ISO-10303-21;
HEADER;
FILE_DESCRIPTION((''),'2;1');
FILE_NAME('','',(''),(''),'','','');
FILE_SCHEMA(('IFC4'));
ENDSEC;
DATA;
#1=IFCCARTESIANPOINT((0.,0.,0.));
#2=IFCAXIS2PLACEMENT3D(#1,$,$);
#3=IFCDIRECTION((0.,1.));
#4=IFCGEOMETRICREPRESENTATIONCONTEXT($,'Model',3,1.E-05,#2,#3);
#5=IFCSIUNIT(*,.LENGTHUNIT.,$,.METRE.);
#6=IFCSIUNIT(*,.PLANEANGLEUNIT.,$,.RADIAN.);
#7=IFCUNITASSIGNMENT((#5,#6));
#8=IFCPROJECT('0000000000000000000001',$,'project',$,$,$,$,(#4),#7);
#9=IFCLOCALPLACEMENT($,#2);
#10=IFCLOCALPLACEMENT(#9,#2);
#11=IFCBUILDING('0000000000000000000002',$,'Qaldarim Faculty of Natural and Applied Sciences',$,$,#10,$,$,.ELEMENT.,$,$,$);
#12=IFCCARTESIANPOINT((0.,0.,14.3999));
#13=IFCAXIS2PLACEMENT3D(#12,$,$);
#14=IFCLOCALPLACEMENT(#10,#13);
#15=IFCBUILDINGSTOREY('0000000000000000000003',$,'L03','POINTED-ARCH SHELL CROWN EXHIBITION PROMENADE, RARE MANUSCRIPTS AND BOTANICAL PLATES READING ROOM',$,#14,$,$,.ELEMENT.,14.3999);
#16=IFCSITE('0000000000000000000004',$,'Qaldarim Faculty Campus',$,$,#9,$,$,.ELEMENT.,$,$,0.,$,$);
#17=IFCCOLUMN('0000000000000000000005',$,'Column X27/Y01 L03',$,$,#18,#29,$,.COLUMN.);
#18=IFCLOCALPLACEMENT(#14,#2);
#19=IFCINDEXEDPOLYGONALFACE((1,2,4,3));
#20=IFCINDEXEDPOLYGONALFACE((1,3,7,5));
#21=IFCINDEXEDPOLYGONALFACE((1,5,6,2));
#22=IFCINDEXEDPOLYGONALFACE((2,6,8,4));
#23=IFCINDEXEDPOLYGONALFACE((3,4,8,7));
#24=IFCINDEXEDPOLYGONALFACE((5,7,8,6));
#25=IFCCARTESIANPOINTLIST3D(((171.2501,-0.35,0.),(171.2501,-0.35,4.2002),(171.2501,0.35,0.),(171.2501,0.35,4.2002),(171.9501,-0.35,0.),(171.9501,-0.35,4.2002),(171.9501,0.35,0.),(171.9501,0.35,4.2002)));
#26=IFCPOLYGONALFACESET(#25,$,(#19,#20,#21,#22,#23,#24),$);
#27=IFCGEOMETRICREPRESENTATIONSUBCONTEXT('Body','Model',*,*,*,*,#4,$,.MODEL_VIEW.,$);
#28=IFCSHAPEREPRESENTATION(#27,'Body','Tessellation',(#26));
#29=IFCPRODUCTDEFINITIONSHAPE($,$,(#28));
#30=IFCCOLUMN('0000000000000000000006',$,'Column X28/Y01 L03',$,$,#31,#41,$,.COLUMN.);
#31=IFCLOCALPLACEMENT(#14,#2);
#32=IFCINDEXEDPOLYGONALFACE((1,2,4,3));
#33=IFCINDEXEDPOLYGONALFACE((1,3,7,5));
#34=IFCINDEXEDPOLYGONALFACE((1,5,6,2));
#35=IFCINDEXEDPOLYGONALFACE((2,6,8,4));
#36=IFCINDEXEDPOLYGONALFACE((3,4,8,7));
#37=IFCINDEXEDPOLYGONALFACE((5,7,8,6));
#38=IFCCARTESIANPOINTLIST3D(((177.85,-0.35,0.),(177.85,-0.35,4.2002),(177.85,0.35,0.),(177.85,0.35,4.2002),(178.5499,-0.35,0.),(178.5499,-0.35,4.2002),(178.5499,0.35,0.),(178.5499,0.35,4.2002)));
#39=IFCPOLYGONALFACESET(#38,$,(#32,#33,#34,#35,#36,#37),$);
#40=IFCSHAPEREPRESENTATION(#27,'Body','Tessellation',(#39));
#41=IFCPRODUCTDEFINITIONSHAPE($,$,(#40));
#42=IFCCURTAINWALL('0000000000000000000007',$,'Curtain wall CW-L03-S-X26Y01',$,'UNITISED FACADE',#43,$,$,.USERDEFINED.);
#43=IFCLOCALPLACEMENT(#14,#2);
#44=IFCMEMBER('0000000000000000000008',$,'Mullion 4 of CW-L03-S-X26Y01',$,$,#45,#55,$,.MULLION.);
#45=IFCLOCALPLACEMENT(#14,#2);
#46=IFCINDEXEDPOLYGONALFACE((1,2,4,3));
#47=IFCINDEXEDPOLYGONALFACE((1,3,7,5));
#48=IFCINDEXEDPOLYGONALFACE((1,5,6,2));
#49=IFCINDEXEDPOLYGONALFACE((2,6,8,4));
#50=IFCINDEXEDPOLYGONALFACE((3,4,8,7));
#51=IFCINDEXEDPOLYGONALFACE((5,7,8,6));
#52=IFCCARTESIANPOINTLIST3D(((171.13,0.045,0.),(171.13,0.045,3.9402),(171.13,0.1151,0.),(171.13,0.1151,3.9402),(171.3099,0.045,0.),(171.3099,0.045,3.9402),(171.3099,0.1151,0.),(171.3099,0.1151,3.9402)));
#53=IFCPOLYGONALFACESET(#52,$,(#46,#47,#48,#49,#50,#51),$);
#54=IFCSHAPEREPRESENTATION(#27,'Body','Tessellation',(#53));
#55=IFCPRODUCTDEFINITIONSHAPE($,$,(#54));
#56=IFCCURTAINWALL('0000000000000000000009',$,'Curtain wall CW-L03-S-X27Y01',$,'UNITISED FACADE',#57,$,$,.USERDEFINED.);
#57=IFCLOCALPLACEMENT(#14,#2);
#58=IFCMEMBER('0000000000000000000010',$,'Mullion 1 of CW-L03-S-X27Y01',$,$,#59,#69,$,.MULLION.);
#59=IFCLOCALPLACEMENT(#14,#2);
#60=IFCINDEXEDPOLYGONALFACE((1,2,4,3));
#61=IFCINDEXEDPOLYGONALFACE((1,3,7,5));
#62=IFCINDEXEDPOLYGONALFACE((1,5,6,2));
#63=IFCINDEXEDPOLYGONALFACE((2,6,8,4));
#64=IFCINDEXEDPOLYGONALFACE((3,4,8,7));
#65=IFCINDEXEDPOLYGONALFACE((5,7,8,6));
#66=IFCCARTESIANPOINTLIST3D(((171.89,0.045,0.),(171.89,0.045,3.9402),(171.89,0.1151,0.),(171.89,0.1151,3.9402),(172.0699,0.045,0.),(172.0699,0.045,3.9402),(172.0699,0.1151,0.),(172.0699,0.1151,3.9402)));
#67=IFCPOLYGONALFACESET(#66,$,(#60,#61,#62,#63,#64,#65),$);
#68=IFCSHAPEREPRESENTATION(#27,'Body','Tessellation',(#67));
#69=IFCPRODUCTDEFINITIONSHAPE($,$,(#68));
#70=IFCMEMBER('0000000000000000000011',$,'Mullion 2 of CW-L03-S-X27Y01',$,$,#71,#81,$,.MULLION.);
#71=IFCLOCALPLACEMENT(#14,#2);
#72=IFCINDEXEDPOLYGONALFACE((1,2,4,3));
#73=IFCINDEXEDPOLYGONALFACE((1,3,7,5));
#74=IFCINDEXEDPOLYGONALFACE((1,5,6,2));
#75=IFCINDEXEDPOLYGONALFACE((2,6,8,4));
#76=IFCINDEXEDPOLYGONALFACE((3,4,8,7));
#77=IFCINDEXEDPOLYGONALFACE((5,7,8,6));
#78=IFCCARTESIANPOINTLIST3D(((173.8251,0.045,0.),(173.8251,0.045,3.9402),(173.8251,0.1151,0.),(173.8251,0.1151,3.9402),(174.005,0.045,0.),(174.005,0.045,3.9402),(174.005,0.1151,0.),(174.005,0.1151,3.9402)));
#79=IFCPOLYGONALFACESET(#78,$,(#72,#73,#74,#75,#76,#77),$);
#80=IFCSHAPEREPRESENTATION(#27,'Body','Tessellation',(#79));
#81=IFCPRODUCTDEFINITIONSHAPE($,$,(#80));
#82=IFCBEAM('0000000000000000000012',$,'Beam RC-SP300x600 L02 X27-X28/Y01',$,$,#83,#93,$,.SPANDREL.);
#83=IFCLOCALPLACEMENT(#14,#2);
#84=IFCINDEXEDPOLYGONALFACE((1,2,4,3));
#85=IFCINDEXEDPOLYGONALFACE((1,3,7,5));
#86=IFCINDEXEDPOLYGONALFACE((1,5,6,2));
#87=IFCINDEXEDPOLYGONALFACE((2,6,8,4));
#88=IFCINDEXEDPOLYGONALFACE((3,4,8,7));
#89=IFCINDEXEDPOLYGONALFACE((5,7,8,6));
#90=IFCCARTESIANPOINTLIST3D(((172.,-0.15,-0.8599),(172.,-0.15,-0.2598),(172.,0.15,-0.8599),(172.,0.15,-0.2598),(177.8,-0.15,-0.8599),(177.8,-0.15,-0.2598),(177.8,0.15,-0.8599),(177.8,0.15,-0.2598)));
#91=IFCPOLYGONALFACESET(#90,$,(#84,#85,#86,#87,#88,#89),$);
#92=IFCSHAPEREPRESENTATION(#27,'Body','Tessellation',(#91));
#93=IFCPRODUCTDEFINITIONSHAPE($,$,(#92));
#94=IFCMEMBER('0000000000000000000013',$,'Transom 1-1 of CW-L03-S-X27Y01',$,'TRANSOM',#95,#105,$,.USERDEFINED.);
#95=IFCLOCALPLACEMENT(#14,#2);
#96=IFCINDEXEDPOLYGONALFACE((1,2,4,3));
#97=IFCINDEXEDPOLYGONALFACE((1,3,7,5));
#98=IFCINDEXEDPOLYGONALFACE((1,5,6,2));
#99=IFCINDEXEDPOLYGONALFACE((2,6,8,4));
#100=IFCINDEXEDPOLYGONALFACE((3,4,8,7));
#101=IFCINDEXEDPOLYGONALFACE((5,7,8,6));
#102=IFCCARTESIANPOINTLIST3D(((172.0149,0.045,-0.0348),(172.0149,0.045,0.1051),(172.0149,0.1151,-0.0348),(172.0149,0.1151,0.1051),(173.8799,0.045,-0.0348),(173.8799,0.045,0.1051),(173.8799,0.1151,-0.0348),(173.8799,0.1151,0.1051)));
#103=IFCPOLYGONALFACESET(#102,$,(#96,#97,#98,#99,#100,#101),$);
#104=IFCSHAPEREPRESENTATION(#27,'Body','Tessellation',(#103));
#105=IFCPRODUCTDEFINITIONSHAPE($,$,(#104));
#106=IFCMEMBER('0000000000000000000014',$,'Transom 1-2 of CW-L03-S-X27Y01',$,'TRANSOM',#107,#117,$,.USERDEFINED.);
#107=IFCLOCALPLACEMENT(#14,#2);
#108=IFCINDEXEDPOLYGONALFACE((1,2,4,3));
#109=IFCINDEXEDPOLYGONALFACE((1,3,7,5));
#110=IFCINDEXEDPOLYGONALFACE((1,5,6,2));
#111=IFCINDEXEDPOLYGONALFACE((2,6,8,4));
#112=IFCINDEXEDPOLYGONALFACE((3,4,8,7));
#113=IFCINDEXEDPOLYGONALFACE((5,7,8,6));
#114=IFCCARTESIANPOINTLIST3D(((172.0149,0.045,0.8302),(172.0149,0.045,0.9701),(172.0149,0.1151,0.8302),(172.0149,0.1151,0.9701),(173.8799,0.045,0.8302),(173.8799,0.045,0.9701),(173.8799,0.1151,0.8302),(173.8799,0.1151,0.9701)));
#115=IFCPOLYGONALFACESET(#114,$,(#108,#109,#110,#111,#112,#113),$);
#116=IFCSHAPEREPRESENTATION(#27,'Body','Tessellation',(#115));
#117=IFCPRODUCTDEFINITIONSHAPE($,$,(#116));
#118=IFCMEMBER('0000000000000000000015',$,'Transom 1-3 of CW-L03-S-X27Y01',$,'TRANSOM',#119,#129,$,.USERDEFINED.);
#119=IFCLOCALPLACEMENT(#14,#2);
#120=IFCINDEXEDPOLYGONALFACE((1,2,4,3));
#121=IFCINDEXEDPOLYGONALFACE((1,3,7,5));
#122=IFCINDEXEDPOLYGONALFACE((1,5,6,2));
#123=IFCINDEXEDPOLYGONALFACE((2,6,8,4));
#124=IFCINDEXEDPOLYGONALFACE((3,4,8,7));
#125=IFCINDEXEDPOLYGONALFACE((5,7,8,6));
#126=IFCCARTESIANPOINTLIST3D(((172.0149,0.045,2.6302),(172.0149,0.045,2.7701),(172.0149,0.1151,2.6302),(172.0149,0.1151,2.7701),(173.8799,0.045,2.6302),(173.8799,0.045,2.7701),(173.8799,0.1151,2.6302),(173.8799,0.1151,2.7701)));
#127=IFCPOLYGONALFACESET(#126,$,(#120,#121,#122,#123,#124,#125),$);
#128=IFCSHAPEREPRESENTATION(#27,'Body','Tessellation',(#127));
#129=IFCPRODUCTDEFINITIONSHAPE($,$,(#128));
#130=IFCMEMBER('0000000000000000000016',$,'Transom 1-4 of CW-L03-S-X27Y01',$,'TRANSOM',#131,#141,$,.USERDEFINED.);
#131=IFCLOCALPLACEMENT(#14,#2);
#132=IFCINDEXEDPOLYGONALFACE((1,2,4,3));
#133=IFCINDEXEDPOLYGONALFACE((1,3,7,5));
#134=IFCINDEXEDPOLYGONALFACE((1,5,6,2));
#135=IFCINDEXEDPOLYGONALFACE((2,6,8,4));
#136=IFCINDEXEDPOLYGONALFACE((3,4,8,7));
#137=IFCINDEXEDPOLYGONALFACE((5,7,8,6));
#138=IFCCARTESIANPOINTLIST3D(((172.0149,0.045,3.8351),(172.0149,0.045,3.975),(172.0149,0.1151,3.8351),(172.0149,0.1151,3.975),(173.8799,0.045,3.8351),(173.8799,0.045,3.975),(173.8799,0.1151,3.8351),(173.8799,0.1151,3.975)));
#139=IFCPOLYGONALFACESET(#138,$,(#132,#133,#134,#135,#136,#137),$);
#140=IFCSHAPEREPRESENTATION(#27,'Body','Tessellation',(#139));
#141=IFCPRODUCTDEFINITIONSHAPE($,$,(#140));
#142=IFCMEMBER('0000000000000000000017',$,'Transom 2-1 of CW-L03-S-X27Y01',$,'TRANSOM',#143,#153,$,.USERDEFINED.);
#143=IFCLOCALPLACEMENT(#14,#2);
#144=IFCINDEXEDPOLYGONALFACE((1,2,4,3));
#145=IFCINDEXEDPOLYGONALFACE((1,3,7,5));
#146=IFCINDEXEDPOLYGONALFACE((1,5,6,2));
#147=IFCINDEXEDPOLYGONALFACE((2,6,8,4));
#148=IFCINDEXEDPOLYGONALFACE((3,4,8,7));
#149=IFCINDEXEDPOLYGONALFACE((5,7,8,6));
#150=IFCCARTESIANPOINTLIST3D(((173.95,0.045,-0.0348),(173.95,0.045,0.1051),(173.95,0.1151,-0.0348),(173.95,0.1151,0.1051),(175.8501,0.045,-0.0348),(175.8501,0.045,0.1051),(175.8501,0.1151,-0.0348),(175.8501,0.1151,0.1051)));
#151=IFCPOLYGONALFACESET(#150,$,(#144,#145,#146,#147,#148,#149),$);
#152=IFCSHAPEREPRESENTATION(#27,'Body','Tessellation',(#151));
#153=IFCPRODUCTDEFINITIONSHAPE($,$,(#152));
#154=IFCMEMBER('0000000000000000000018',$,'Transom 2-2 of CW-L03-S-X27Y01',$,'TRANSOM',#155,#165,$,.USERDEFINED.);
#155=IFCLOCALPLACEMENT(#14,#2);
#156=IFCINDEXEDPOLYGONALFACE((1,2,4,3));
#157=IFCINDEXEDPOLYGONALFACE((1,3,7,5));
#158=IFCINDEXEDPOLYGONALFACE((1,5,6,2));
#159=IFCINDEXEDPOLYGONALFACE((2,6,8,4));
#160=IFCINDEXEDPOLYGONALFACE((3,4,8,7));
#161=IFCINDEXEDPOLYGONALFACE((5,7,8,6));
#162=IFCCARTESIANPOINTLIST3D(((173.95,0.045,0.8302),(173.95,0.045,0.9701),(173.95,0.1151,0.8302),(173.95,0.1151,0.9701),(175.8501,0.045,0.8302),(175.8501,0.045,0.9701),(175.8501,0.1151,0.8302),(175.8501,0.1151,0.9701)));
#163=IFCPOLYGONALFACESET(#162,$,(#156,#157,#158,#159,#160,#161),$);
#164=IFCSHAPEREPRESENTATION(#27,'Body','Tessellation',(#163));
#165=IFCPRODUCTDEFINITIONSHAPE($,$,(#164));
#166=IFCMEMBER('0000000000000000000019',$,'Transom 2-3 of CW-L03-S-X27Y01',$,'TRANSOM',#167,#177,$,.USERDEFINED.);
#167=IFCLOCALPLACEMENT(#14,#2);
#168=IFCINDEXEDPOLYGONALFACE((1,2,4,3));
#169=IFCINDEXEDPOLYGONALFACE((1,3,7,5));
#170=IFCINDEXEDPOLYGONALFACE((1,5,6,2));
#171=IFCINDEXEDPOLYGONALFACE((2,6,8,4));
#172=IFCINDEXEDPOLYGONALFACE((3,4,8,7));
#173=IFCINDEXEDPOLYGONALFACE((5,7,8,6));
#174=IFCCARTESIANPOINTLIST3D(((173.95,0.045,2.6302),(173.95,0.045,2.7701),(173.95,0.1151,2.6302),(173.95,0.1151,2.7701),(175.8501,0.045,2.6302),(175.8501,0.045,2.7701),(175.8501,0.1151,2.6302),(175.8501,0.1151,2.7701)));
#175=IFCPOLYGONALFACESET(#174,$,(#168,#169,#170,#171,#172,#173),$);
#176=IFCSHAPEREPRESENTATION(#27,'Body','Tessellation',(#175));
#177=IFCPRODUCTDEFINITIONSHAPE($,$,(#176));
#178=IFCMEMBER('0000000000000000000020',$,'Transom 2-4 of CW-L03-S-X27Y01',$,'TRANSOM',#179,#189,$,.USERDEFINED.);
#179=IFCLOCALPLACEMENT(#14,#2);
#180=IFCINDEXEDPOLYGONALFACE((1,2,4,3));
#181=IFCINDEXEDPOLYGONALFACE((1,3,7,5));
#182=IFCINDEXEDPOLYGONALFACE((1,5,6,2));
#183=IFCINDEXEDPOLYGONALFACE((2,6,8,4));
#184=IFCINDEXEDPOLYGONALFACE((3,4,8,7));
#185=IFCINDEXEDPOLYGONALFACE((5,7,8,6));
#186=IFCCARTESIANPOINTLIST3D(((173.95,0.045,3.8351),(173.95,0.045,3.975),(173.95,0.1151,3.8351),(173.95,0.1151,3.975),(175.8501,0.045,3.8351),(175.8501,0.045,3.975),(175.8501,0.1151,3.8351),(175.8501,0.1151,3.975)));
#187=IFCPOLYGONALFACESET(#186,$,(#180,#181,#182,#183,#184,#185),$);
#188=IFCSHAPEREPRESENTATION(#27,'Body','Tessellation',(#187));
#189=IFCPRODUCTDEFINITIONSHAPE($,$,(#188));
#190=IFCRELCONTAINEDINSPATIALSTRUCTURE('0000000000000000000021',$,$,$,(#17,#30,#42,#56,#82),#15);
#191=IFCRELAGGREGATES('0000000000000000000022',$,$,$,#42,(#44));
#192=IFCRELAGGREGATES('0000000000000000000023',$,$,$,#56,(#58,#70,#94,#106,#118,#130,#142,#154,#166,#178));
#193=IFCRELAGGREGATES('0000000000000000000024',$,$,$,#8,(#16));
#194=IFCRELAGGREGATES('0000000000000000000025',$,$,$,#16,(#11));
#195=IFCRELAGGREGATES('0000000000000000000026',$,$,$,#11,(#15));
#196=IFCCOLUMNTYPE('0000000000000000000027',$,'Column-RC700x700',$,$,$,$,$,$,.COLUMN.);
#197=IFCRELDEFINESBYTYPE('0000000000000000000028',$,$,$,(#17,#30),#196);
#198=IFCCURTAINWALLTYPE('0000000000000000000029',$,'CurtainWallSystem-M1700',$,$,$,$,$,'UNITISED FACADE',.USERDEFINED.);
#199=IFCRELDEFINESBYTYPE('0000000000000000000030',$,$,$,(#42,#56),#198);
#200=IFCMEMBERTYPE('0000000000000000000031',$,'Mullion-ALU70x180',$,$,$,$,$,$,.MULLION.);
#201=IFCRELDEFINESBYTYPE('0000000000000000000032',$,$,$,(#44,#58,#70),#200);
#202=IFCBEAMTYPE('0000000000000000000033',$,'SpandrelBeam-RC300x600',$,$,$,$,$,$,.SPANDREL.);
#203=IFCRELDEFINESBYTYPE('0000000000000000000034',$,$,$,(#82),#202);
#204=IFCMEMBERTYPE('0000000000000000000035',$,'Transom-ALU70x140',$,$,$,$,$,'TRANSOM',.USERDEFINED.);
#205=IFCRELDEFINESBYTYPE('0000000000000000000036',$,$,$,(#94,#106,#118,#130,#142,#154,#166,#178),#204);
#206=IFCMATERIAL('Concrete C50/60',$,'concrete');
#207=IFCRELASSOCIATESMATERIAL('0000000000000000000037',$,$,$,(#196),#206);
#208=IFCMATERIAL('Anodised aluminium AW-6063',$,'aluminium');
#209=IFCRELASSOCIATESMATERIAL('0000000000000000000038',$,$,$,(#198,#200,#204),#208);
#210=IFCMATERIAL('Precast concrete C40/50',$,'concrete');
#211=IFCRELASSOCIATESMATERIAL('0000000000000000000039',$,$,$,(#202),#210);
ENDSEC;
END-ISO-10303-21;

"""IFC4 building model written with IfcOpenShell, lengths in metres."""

from ifc_helpers import new_model, si_unit, direction, frame, origin, origin_2d, place, context, subcontext, project, spatial, rectangle, extrude, material, material_profile, profile_set, type_object, element, aggregate, save


model = new_model("IFC4")

# Units and contexts
model_context = context("Model", 3, precision=1e-05, world=origin(), true_north=direction((0.0, 1.0)))
body_context = subcontext(model_context, "Body", "Model", "MODEL_VIEW")
ifc_project = project(units=[si_unit("LENGTHUNIT", "METRE"), si_unit("PLANEANGLEUNIT", "RADIAN")], contexts=[model_context])

# Site, building, storey
site_placement = place(None, origin())
site = spatial("IfcSite", under=ifc_project, at=site_placement, Name="Qaldarim Faculty Campus", CompositionType="ELEMENT", RefElevation=0.0)
building_placement = place(site_placement, origin())
building = spatial("IfcBuilding", under=site, at=building_placement, Name="Qaldarim Faculty of Natural and Applied Sciences", CompositionType="ELEMENT")
storey_placement = place(building_placement, frame((0.0, 0.0, 14.3999)))
storey = spatial("IfcBuildingStorey", under=building, at=storey_placement, Name="L03", Description="POINTED-ARCH SHELL CROWN EXHIBITION PROMENADE, RARE MANUSCRIPTS AND BOTANICAL PLATES READING ROOM", CompositionType="ELEMENT", Elevation=14.3999)

# Columns
ifc_material_1 = material(Name="Concrete C50/60", Category="concrete")
ifc_material_profile_1 = material_profile(ifc_material_1, rectangle(XDim=0.7, YDim=0.7, at=origin_2d()), Name="RC-C700x700")
ifc_profile_set_1 = profile_set([ifc_material_profile_1], Name="Concrete C50/60")
column_type = type_object("IfcColumnType", Name="Column-RC700x700", PredefinedType="COLUMN", material=ifc_profile_set_1)
for number, where, z_axis, x_axis, name in (
    (1, (171.6001, 0.0, 0.0), (0.0, 0.0, 1.0), (1.0, 0.0, 0.0), "Column X27/Y01 L03"),
    (2, (178.2, 0.0, 0.0), (0.0, 0.0, 1.0), (1.0, 0.0, 0.0), "Column X28/Y01 L03"),
):
    element("IfcColumn", number, at=place(storey_placement, frame(where, z_axis=z_axis, x_axis=x_axis)), inside=storey, type_object=column_type, Name=name, PredefinedType="COLUMN", context=body_context, shape_type="SweptSolid", body=[
        extrude(rectangle(XDim=0.7, YDim=0.7, at=origin_2d()), origin(), (0.0, 0.0, 1.0), 4.2002),
    ])

# Curtain wall, member
ifc_material_2 = material(Name="Anodised aluminium AW-6063", Category="aluminium")
curtain_wall_type = type_object("IfcCurtainWallType", Name="CurtainWallSystem-M1700", ElementType="UNITISED FACADE", PredefinedType="USERDEFINED", material=ifc_material_2)
curtain_wall_1_placement = place(storey_placement, origin())
curtain_wall_1 = element("IfcCurtainWall", 3, at=curtain_wall_1_placement, inside=storey, type_object=curtain_wall_type, Name="Curtain wall CW-L03-S-X26Y01", ObjectType="UNITISED FACADE", PredefinedType="USERDEFINED")
ifc_material_profile_2 = material_profile(ifc_material_2, rectangle(XDim=0.0701, YDim=0.1799, at=origin_2d()), Name="ALU-M70x180")
ifc_profile_set_2 = profile_set([ifc_material_profile_2], Name="Anodised aluminium AW-6063")
member_type_1 = type_object("IfcMemberType", Name="Mullion-ALU70x180", PredefinedType="MULLION", material=ifc_profile_set_2)
member_1_placement = place(storey_placement, frame((171.22, 0.0801, 0.0), z_axis=(0.0, 0.0, 1.0), x_axis=(0.0, 1.0, 0.0)))
member_1 = element("IfcMember", 4, at=member_1_placement, type_object=member_type_1, Name="Mullion 4 of CW-L03-S-X26Y01", PredefinedType="MULLION", context=body_context, shape_type="SweptSolid", body=[
    extrude(rectangle(XDim=0.0701, YDim=0.1799, at=origin_2d()), origin(), (0.0, 0.0, 1.0), 3.9402),
])

# Curtain wall, members
curtain_wall_2_placement = place(storey_placement, origin())
curtain_wall_2 = element("IfcCurtainWall", 5, at=curtain_wall_2_placement, inside=storey, type_object=curtain_wall_type, Name="Curtain wall CW-L03-S-X27Y01", ObjectType="UNITISED FACADE", PredefinedType="USERDEFINED")
member_2_placement = place(storey_placement, frame((171.98, 0.0801, 0.0), z_axis=(0.0, 0.0, 1.0), x_axis=(0.0, 1.0, 0.0)))
member_2 = element("IfcMember", 6, at=member_2_placement, type_object=member_type_1, Name="Mullion 1 of CW-L03-S-X27Y01", PredefinedType="MULLION", context=body_context, shape_type="SweptSolid", body=[
    extrude(rectangle(XDim=0.0701, YDim=0.1799, at=origin_2d()), origin(), (0.0, 0.0, 1.0), 3.9402),
])
member_3_placement = place(storey_placement, frame((173.915, 0.0801, 0.0), z_axis=(0.0, 0.0, 1.0), x_axis=(0.0, 1.0, 0.0)))
member_3 = element("IfcMember", 7, at=member_3_placement, type_object=member_type_1, Name="Mullion 2 of CW-L03-S-X27Y01", PredefinedType="MULLION", context=body_context, shape_type="SweptSolid", body=[
    extrude(rectangle(XDim=0.0701, YDim=0.1799, at=origin_2d()), origin(), (0.0, 0.0, 1.0), 3.9402),
])

# Beam
ifc_material_3 = material(Name="Precast concrete C40/50", Category="concrete")
ifc_material_profile_3 = material_profile(ifc_material_3, rectangle(XDim=0.3, YDim=0.6001, at=origin_2d()), Name="RC-SP300x600")
ifc_profile_set_3 = profile_set([ifc_material_profile_3], Name="Precast concrete C40/50")
beam_type = type_object("IfcBeamType", Name="SpandrelBeam-RC300x600", PredefinedType="SPANDREL", material=ifc_profile_set_3)
beam_placement = place(storey_placement, frame((172.0, 0.0, -0.5598), z_axis=(1.0, 0.0, 0.0), x_axis=(0.0, 1.0, 0.0)))
element("IfcBeam", 8, at=beam_placement, inside=storey, type_object=beam_type, Name="Beam RC-SP300x600 L02 X27-X28/Y01", PredefinedType="SPANDREL", context=body_context, shape_type="SweptSolid", body=[
    extrude(rectangle(XDim=0.3, YDim=0.6001, at=origin_2d()), origin(), (0.0, 0.0, 1.0), 5.8),
])

# Members
ifc_material_profile_4 = material_profile(ifc_material_2, rectangle(XDim=0.0701, YDim=0.1399, at=origin_2d()), Name="ALU-T70x140")
ifc_profile_set_4 = profile_set([ifc_material_profile_4], Name="Anodised aluminium AW-6063")
member_type_2 = type_object("IfcMemberType", Name="Transom-ALU70x140", ElementType="TRANSOM", PredefinedType="USERDEFINED", material=ifc_profile_set_4)
member_4_placement = place(storey_placement, frame((172.0149, 0.0801, 0.0352), z_axis=(1.0, 0.0, 0.0), x_axis=(0.0, 1.0, 0.0)))
member_4 = element("IfcMember", 9, at=member_4_placement, type_object=member_type_2, Name="Transom 1-1 of CW-L03-S-X27Y01", ObjectType="TRANSOM", PredefinedType="USERDEFINED", context=body_context, shape_type="SweptSolid", body=[
    extrude(rectangle(XDim=0.0701, YDim=0.1399, at=origin_2d()), origin(), (0.0, 0.0, 1.0), 1.865),
])
member_5_placement = place(storey_placement, frame((172.0149, 0.0801, 0.9001), z_axis=(1.0, 0.0, 0.0), x_axis=(0.0, 1.0, 0.0)))
member_5 = element("IfcMember", 10, at=member_5_placement, type_object=member_type_2, Name="Transom 1-2 of CW-L03-S-X27Y01", ObjectType="TRANSOM", PredefinedType="USERDEFINED", context=body_context, shape_type="SweptSolid", body=[
    extrude(rectangle(XDim=0.0701, YDim=0.1399, at=origin_2d()), origin(), (0.0, 0.0, 1.0), 1.865),
])
member_6_placement = place(storey_placement, frame((172.0149, 0.0801, 2.7002), z_axis=(1.0, 0.0, 0.0), x_axis=(0.0, 1.0, 0.0)))
member_6 = element("IfcMember", 11, at=member_6_placement, type_object=member_type_2, Name="Transom 1-3 of CW-L03-S-X27Y01", ObjectType="TRANSOM", PredefinedType="USERDEFINED", context=body_context, shape_type="SweptSolid", body=[
    extrude(rectangle(XDim=0.0701, YDim=0.1399, at=origin_2d()), origin(), (0.0, 0.0, 1.0), 1.865),
])
member_7_placement = place(storey_placement, frame((172.0149, 0.0801, 3.905), z_axis=(1.0, 0.0, 0.0), x_axis=(0.0, 1.0, 0.0)))
member_7 = element("IfcMember", 12, at=member_7_placement, type_object=member_type_2, Name="Transom 1-4 of CW-L03-S-X27Y01", ObjectType="TRANSOM", PredefinedType="USERDEFINED", context=body_context, shape_type="SweptSolid", body=[
    extrude(rectangle(XDim=0.0701, YDim=0.1399, at=origin_2d()), origin(), (0.0, 0.0, 1.0), 1.865),
])
member_8_placement = place(storey_placement, frame((173.95, 0.0801, 0.0352), z_axis=(1.0, 0.0, 0.0), x_axis=(0.0, 1.0, 0.0)))
member_8 = element("IfcMember", 13, at=member_8_placement, type_object=member_type_2, Name="Transom 2-1 of CW-L03-S-X27Y01", ObjectType="TRANSOM", PredefinedType="USERDEFINED", context=body_context, shape_type="SweptSolid", body=[
    extrude(rectangle(XDim=0.0701, YDim=0.1399, at=origin_2d()), origin(), (0.0, 0.0, 1.0), 1.9001),
])
member_9_placement = place(storey_placement, frame((173.95, 0.0801, 0.9001), z_axis=(1.0, 0.0, 0.0), x_axis=(0.0, 1.0, 0.0)))
member_9 = element("IfcMember", 14, at=member_9_placement, type_object=member_type_2, Name="Transom 2-2 of CW-L03-S-X27Y01", ObjectType="TRANSOM", PredefinedType="USERDEFINED", context=body_context, shape_type="SweptSolid", body=[
    extrude(rectangle(XDim=0.0701, YDim=0.1399, at=origin_2d()), origin(), (0.0, 0.0, 1.0), 1.9001),
])
member_10_placement = place(storey_placement, frame((173.95, 0.0801, 2.7002), z_axis=(1.0, 0.0, 0.0), x_axis=(0.0, 1.0, 0.0)))
member_10 = element("IfcMember", 15, at=member_10_placement, type_object=member_type_2, Name="Transom 2-3 of CW-L03-S-X27Y01", ObjectType="TRANSOM", PredefinedType="USERDEFINED", context=body_context, shape_type="SweptSolid", body=[
    extrude(rectangle(XDim=0.0701, YDim=0.1399, at=origin_2d()), origin(), (0.0, 0.0, 1.0), 1.9001),
])
member_11_placement = place(storey_placement, frame((173.95, 0.0801, 3.905), z_axis=(1.0, 0.0, 0.0), x_axis=(0.0, 1.0, 0.0)))
member_11 = element("IfcMember", 16, at=member_11_placement, type_object=member_type_2, Name="Transom 2-4 of CW-L03-S-X27Y01", ObjectType="TRANSOM", PredefinedType="USERDEFINED", context=body_context, shape_type="SweptSolid", body=[
    extrude(rectangle(XDim=0.0701, YDim=0.1399, at=origin_2d()), origin(), (0.0, 0.0, 1.0), 1.9001),
])

aggregate(curtain_wall_1, [member_1])
aggregate(curtain_wall_2, [member_2, member_3, member_4, member_5, member_6, member_7, member_8, member_9, member_10, member_11])

save(model, "model.ifc")
